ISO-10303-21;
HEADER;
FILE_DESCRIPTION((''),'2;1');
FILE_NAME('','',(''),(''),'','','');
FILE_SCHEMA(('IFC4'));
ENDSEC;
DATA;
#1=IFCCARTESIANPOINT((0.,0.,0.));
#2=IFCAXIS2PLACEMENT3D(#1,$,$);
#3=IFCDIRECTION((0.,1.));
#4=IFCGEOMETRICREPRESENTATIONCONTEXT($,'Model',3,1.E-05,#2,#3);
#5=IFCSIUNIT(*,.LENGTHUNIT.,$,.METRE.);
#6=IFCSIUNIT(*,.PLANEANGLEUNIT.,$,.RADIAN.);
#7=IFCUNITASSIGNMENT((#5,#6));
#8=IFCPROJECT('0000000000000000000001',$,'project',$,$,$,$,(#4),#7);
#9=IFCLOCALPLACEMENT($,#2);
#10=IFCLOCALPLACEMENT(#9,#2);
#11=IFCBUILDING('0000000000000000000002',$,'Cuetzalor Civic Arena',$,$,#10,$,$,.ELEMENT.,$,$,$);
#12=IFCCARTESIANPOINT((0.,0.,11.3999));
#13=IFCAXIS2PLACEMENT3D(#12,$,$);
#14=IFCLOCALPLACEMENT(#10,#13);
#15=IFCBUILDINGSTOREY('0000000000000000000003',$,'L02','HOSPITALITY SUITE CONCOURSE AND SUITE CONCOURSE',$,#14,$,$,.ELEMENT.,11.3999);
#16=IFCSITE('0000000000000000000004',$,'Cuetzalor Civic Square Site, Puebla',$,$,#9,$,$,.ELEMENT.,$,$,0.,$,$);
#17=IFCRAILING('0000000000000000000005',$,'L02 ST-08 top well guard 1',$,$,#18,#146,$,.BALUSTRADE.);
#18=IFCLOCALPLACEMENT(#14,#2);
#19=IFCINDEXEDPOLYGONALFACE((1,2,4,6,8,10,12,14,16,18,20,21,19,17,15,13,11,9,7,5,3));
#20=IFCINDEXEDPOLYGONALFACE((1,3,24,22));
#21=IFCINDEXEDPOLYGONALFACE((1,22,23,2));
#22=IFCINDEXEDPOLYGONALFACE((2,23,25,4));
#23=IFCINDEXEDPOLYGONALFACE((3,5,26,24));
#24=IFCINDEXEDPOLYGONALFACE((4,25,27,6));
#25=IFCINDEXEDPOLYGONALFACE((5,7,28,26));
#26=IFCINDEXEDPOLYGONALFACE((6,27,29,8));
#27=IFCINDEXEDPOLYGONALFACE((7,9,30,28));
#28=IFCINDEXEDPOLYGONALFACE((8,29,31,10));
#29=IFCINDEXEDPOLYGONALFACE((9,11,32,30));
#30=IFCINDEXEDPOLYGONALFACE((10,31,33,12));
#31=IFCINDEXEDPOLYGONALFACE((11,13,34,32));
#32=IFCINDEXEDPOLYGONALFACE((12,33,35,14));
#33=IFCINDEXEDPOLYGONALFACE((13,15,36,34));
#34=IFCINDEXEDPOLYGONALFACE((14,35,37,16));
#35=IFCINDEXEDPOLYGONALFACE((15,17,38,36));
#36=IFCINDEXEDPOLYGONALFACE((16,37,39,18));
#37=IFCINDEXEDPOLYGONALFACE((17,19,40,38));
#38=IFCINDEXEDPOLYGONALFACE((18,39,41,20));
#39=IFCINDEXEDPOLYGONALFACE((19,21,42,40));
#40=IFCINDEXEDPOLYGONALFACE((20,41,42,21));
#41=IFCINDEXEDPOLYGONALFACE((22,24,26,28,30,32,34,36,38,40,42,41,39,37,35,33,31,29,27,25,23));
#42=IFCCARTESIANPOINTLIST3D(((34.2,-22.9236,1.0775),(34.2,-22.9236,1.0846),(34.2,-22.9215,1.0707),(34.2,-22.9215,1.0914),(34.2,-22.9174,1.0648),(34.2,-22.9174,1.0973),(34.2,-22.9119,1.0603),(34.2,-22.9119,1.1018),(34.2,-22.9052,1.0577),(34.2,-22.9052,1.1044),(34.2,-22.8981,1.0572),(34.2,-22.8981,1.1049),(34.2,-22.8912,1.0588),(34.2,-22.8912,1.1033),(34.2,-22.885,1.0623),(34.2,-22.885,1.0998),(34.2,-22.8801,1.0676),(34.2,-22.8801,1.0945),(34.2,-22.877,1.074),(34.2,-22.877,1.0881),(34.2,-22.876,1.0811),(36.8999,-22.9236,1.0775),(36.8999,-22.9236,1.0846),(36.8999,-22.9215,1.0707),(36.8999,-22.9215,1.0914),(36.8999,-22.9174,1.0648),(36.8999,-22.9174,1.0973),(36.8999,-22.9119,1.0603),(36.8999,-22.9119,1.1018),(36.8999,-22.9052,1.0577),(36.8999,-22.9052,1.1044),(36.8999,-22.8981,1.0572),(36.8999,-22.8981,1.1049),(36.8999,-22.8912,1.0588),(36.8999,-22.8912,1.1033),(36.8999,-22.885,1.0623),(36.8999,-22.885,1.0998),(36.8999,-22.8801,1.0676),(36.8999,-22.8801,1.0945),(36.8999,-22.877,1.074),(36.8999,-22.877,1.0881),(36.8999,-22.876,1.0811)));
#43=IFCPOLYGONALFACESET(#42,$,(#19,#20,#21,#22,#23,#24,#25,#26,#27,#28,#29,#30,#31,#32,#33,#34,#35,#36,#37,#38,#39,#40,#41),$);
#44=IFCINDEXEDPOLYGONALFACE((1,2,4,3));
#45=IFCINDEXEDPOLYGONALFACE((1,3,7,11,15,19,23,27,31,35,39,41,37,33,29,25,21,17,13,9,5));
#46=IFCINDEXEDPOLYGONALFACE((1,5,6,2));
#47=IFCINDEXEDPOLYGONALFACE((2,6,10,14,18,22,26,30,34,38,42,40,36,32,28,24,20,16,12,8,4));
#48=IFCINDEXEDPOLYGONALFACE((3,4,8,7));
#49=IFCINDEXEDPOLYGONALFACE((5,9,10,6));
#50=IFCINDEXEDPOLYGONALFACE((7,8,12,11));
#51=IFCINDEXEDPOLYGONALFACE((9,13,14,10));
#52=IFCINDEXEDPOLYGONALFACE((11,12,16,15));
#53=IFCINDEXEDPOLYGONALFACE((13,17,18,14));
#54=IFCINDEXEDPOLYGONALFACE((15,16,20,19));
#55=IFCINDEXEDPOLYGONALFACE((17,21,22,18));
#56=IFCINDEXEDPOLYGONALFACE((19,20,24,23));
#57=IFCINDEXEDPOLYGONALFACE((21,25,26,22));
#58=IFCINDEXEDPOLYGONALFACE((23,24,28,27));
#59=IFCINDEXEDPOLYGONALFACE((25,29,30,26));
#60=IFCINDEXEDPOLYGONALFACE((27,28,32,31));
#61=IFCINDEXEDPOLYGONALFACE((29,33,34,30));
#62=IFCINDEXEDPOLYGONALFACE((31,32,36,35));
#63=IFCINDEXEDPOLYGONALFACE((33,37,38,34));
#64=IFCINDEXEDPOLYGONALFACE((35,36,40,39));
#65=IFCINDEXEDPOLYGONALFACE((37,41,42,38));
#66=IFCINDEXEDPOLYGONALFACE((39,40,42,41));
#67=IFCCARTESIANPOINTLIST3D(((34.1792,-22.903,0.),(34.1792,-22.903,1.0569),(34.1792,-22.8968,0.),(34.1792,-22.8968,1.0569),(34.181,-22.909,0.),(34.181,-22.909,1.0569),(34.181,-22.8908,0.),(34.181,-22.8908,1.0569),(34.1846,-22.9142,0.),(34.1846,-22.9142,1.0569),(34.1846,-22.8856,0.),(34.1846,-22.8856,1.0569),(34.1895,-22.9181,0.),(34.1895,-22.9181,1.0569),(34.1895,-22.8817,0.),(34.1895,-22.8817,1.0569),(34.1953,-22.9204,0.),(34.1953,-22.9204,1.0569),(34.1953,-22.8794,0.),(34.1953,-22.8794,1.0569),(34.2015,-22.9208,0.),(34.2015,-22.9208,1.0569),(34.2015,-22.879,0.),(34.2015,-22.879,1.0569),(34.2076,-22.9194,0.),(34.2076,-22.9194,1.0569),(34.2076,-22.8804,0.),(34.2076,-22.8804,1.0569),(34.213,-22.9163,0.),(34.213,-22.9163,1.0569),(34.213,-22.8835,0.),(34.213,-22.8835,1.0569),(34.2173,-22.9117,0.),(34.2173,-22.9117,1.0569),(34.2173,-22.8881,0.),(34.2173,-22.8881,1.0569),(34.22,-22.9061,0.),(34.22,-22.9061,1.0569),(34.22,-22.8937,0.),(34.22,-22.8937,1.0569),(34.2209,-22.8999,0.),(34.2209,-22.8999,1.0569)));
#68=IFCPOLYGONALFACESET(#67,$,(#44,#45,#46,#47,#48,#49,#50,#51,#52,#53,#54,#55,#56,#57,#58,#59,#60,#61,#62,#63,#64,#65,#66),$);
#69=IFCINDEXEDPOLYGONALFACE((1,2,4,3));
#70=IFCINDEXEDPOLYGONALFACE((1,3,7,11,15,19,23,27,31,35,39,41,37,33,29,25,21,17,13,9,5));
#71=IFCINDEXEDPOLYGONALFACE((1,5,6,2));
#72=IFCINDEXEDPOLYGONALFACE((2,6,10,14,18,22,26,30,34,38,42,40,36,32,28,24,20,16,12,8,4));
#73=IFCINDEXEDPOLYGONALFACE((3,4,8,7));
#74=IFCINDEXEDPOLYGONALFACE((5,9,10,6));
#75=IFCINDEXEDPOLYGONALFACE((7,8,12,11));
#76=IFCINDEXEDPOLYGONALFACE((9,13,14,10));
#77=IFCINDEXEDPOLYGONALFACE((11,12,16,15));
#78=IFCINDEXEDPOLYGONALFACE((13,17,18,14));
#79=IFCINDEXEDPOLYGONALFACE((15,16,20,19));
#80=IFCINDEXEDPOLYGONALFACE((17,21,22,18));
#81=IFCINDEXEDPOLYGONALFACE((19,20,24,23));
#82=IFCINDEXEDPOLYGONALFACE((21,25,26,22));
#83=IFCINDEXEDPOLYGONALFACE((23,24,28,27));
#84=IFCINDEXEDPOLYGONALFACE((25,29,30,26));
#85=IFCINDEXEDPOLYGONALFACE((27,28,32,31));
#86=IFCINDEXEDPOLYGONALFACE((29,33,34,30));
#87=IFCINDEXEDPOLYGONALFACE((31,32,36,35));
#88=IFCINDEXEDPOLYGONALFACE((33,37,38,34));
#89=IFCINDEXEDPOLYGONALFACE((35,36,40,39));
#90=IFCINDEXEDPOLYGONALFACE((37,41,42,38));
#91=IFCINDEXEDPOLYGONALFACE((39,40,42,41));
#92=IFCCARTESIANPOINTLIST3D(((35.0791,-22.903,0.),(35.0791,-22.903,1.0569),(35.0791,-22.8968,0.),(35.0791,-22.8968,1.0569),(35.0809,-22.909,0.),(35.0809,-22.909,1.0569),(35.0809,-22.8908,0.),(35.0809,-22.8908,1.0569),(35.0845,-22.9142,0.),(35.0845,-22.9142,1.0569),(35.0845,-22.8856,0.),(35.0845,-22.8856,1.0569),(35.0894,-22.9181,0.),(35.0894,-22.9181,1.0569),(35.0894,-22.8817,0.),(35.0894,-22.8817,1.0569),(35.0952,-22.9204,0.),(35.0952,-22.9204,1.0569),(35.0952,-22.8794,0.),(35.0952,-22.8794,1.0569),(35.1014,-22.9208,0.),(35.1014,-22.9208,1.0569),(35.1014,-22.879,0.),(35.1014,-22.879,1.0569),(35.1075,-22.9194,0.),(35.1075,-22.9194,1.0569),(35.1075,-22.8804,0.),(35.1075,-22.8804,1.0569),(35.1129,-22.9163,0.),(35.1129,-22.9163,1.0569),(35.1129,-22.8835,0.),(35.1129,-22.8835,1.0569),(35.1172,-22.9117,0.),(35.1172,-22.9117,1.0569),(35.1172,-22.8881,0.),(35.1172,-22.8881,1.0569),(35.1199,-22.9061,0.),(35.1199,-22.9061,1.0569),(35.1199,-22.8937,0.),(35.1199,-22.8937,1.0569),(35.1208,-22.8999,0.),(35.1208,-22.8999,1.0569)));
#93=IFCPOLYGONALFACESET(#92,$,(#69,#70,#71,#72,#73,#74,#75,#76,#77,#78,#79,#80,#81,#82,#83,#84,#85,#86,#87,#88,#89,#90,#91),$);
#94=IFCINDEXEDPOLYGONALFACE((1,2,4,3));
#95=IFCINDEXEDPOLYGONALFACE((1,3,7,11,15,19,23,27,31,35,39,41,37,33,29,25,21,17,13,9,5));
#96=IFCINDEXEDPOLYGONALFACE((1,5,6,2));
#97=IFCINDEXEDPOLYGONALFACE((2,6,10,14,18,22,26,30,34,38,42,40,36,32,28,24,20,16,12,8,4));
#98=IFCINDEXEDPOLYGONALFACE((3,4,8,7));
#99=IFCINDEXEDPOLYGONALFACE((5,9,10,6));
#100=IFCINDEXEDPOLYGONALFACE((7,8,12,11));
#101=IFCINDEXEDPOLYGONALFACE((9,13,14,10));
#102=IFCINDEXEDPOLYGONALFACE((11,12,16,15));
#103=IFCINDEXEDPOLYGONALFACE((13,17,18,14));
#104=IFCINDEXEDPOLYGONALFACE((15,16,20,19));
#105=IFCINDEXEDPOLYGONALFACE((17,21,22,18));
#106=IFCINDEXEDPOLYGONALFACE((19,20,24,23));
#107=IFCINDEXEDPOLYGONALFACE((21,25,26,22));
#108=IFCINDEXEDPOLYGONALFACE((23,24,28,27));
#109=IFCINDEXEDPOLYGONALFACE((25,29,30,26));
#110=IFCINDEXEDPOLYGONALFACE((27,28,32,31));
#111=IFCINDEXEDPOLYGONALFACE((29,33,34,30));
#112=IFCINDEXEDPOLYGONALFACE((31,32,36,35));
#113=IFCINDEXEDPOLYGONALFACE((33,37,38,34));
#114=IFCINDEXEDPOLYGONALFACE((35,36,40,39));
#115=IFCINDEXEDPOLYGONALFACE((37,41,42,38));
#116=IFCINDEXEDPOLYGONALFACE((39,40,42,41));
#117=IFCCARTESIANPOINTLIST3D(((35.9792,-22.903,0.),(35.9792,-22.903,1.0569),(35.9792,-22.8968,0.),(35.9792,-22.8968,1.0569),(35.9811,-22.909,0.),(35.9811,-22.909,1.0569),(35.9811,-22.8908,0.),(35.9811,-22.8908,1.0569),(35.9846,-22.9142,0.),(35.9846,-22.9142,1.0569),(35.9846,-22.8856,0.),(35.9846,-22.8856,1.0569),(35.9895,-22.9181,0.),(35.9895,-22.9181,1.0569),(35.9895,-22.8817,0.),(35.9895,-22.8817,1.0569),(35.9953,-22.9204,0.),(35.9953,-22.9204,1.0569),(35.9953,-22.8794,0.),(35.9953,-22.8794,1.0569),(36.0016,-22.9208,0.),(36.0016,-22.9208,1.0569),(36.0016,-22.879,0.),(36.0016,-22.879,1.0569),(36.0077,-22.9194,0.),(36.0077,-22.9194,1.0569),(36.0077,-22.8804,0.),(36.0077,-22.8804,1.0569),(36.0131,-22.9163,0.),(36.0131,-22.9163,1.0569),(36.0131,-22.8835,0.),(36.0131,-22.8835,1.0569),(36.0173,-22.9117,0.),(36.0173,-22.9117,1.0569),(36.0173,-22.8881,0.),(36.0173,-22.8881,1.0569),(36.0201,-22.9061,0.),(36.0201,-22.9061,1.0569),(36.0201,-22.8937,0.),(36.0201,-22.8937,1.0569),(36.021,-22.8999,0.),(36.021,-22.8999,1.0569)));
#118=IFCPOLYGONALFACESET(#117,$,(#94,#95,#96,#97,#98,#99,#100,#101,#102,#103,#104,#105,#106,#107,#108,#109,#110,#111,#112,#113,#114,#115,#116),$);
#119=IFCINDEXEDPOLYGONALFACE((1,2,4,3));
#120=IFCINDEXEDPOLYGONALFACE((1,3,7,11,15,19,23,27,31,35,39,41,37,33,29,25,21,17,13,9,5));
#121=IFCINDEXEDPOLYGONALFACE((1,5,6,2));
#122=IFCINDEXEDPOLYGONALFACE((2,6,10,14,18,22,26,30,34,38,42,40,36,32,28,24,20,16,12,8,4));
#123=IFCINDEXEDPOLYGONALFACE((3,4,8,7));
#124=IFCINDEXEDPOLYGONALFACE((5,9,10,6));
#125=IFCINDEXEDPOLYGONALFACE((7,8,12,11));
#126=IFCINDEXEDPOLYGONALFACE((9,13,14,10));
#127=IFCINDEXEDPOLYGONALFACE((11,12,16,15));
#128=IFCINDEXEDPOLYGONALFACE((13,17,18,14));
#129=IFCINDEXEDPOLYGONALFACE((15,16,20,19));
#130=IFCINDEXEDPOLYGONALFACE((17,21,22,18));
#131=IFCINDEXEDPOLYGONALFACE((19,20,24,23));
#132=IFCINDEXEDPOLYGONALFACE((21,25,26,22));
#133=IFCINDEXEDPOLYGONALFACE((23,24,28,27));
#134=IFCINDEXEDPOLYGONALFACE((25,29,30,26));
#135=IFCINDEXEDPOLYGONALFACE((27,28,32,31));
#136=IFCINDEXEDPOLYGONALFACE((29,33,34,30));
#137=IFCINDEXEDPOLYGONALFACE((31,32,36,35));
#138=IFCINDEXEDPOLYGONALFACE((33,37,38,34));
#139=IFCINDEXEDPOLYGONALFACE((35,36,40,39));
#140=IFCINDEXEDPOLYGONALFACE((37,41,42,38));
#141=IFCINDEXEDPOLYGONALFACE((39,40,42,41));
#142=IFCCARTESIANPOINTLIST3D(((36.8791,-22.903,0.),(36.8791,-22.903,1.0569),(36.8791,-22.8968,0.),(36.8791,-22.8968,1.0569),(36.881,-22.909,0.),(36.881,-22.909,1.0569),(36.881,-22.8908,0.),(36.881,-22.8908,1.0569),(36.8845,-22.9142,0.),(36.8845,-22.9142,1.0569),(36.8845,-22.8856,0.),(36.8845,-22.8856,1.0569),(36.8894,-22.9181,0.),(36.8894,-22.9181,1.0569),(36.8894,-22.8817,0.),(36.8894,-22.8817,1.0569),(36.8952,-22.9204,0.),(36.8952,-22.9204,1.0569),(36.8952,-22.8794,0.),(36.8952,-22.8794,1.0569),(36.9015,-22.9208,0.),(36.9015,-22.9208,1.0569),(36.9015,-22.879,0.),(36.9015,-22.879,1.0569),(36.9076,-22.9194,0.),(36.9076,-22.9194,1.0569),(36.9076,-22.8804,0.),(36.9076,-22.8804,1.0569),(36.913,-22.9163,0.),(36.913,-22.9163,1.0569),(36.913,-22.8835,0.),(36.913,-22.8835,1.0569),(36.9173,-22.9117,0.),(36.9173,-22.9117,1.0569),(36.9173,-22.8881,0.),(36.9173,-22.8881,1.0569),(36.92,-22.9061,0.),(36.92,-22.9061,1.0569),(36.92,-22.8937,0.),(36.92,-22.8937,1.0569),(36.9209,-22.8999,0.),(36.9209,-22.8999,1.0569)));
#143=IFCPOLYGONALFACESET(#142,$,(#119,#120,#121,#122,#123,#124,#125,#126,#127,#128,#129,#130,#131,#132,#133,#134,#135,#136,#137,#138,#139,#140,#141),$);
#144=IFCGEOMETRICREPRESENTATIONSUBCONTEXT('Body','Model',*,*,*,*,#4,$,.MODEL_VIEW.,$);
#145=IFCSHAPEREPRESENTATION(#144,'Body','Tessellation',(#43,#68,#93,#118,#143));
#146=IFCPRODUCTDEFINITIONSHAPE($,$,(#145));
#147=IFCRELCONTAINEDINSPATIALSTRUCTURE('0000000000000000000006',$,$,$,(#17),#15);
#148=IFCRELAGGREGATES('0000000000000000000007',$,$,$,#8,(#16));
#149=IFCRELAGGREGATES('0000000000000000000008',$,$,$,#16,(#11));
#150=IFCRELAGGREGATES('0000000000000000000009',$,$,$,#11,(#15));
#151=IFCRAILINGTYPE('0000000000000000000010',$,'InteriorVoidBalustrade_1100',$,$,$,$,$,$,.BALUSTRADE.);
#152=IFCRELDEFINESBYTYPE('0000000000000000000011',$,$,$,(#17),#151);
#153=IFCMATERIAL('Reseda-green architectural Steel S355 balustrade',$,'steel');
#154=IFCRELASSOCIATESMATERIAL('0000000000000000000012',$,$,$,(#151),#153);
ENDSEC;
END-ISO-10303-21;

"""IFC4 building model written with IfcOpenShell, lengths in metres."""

from ifc_helpers import new_model, si_unit, direction, frame, origin, origin_2d, place, context, subcontext, project, spatial, circle, extrude, material, type_object, element, save


model = new_model("IFC4")

# Units and contexts
model_context = context("Model", 3, precision=1e-05, world=origin(), true_north=direction((0.0, 1.0)))
body_context = subcontext(model_context, "Body", "Model", "MODEL_VIEW")
ifc_project = project(units=[si_unit("LENGTHUNIT", "METRE"), si_unit("PLANEANGLEUNIT", "RADIAN")], contexts=[model_context])

# Site, building, storey
site_placement = place(None, origin())
site = spatial("IfcSite", under=ifc_project, at=site_placement, Name="Cuetzalor Civic Square Site, Puebla", CompositionType="ELEMENT", RefElevation=0.0)
building_placement = place(site_placement, origin())
building = spatial("IfcBuilding", under=site, at=building_placement, Name="Cuetzalor Civic Arena", CompositionType="ELEMENT")
storey_placement = place(building_placement, frame((0.0, 0.0, 11.3999)))
storey = spatial("IfcBuildingStorey", under=building, at=storey_placement, Name="L02", Description="HOSPITALITY SUITE CONCOURSE AND SUITE CONCOURSE", CompositionType="ELEMENT", Elevation=11.3999)

# Railing
ifc_material_1 = material(Name="Reseda-green architectural Steel S355 balustrade", Category="steel")
railing_type_1 = type_object("IfcRailingType", Name="InteriorVoidBalustrade_1100", PredefinedType="BALUSTRADE", material=ifc_material_1)
railing_1_placement = place(storey_placement, frame((34.2, -22.8999, 0.0)))
element("IfcRailing", 1, at=railing_1_placement, inside=storey, type_object=railing_type_1, Name="L02 ST-08 top well guard 1", PredefinedType="BALUSTRADE", context=body_context, shape_type="SweptSolid", body=[
    extrude(circle(Radius=0.0239, at=origin_2d()), frame((0.0, 0.0, 1.0811), z_axis=(1.0, 0.0, 0.0), x_axis=(0.0, 1.0, 0.0)), (0.0, 0.0, 1.0), 2.7),
    extrude(circle(Radius=0.021, at=origin_2d()), origin(), (0.0, 0.0, 1.0), 1.0569),
    extrude(circle(Radius=0.021, at=origin_2d()), frame((0.8999, 0.0, 0.0)), (0.0, 0.0, 1.0), 1.0569),
    extrude(circle(Radius=0.021, at=origin_2d()), frame((1.8, 0.0, 0.0)), (0.0, 0.0, 1.0), 1.0569),
    extrude(circle(Radius=0.021, at=origin_2d()), frame((2.7, 0.0, 0.0)), (0.0, 0.0, 1.0), 1.0569),
])

save(model, "model.ifc")
